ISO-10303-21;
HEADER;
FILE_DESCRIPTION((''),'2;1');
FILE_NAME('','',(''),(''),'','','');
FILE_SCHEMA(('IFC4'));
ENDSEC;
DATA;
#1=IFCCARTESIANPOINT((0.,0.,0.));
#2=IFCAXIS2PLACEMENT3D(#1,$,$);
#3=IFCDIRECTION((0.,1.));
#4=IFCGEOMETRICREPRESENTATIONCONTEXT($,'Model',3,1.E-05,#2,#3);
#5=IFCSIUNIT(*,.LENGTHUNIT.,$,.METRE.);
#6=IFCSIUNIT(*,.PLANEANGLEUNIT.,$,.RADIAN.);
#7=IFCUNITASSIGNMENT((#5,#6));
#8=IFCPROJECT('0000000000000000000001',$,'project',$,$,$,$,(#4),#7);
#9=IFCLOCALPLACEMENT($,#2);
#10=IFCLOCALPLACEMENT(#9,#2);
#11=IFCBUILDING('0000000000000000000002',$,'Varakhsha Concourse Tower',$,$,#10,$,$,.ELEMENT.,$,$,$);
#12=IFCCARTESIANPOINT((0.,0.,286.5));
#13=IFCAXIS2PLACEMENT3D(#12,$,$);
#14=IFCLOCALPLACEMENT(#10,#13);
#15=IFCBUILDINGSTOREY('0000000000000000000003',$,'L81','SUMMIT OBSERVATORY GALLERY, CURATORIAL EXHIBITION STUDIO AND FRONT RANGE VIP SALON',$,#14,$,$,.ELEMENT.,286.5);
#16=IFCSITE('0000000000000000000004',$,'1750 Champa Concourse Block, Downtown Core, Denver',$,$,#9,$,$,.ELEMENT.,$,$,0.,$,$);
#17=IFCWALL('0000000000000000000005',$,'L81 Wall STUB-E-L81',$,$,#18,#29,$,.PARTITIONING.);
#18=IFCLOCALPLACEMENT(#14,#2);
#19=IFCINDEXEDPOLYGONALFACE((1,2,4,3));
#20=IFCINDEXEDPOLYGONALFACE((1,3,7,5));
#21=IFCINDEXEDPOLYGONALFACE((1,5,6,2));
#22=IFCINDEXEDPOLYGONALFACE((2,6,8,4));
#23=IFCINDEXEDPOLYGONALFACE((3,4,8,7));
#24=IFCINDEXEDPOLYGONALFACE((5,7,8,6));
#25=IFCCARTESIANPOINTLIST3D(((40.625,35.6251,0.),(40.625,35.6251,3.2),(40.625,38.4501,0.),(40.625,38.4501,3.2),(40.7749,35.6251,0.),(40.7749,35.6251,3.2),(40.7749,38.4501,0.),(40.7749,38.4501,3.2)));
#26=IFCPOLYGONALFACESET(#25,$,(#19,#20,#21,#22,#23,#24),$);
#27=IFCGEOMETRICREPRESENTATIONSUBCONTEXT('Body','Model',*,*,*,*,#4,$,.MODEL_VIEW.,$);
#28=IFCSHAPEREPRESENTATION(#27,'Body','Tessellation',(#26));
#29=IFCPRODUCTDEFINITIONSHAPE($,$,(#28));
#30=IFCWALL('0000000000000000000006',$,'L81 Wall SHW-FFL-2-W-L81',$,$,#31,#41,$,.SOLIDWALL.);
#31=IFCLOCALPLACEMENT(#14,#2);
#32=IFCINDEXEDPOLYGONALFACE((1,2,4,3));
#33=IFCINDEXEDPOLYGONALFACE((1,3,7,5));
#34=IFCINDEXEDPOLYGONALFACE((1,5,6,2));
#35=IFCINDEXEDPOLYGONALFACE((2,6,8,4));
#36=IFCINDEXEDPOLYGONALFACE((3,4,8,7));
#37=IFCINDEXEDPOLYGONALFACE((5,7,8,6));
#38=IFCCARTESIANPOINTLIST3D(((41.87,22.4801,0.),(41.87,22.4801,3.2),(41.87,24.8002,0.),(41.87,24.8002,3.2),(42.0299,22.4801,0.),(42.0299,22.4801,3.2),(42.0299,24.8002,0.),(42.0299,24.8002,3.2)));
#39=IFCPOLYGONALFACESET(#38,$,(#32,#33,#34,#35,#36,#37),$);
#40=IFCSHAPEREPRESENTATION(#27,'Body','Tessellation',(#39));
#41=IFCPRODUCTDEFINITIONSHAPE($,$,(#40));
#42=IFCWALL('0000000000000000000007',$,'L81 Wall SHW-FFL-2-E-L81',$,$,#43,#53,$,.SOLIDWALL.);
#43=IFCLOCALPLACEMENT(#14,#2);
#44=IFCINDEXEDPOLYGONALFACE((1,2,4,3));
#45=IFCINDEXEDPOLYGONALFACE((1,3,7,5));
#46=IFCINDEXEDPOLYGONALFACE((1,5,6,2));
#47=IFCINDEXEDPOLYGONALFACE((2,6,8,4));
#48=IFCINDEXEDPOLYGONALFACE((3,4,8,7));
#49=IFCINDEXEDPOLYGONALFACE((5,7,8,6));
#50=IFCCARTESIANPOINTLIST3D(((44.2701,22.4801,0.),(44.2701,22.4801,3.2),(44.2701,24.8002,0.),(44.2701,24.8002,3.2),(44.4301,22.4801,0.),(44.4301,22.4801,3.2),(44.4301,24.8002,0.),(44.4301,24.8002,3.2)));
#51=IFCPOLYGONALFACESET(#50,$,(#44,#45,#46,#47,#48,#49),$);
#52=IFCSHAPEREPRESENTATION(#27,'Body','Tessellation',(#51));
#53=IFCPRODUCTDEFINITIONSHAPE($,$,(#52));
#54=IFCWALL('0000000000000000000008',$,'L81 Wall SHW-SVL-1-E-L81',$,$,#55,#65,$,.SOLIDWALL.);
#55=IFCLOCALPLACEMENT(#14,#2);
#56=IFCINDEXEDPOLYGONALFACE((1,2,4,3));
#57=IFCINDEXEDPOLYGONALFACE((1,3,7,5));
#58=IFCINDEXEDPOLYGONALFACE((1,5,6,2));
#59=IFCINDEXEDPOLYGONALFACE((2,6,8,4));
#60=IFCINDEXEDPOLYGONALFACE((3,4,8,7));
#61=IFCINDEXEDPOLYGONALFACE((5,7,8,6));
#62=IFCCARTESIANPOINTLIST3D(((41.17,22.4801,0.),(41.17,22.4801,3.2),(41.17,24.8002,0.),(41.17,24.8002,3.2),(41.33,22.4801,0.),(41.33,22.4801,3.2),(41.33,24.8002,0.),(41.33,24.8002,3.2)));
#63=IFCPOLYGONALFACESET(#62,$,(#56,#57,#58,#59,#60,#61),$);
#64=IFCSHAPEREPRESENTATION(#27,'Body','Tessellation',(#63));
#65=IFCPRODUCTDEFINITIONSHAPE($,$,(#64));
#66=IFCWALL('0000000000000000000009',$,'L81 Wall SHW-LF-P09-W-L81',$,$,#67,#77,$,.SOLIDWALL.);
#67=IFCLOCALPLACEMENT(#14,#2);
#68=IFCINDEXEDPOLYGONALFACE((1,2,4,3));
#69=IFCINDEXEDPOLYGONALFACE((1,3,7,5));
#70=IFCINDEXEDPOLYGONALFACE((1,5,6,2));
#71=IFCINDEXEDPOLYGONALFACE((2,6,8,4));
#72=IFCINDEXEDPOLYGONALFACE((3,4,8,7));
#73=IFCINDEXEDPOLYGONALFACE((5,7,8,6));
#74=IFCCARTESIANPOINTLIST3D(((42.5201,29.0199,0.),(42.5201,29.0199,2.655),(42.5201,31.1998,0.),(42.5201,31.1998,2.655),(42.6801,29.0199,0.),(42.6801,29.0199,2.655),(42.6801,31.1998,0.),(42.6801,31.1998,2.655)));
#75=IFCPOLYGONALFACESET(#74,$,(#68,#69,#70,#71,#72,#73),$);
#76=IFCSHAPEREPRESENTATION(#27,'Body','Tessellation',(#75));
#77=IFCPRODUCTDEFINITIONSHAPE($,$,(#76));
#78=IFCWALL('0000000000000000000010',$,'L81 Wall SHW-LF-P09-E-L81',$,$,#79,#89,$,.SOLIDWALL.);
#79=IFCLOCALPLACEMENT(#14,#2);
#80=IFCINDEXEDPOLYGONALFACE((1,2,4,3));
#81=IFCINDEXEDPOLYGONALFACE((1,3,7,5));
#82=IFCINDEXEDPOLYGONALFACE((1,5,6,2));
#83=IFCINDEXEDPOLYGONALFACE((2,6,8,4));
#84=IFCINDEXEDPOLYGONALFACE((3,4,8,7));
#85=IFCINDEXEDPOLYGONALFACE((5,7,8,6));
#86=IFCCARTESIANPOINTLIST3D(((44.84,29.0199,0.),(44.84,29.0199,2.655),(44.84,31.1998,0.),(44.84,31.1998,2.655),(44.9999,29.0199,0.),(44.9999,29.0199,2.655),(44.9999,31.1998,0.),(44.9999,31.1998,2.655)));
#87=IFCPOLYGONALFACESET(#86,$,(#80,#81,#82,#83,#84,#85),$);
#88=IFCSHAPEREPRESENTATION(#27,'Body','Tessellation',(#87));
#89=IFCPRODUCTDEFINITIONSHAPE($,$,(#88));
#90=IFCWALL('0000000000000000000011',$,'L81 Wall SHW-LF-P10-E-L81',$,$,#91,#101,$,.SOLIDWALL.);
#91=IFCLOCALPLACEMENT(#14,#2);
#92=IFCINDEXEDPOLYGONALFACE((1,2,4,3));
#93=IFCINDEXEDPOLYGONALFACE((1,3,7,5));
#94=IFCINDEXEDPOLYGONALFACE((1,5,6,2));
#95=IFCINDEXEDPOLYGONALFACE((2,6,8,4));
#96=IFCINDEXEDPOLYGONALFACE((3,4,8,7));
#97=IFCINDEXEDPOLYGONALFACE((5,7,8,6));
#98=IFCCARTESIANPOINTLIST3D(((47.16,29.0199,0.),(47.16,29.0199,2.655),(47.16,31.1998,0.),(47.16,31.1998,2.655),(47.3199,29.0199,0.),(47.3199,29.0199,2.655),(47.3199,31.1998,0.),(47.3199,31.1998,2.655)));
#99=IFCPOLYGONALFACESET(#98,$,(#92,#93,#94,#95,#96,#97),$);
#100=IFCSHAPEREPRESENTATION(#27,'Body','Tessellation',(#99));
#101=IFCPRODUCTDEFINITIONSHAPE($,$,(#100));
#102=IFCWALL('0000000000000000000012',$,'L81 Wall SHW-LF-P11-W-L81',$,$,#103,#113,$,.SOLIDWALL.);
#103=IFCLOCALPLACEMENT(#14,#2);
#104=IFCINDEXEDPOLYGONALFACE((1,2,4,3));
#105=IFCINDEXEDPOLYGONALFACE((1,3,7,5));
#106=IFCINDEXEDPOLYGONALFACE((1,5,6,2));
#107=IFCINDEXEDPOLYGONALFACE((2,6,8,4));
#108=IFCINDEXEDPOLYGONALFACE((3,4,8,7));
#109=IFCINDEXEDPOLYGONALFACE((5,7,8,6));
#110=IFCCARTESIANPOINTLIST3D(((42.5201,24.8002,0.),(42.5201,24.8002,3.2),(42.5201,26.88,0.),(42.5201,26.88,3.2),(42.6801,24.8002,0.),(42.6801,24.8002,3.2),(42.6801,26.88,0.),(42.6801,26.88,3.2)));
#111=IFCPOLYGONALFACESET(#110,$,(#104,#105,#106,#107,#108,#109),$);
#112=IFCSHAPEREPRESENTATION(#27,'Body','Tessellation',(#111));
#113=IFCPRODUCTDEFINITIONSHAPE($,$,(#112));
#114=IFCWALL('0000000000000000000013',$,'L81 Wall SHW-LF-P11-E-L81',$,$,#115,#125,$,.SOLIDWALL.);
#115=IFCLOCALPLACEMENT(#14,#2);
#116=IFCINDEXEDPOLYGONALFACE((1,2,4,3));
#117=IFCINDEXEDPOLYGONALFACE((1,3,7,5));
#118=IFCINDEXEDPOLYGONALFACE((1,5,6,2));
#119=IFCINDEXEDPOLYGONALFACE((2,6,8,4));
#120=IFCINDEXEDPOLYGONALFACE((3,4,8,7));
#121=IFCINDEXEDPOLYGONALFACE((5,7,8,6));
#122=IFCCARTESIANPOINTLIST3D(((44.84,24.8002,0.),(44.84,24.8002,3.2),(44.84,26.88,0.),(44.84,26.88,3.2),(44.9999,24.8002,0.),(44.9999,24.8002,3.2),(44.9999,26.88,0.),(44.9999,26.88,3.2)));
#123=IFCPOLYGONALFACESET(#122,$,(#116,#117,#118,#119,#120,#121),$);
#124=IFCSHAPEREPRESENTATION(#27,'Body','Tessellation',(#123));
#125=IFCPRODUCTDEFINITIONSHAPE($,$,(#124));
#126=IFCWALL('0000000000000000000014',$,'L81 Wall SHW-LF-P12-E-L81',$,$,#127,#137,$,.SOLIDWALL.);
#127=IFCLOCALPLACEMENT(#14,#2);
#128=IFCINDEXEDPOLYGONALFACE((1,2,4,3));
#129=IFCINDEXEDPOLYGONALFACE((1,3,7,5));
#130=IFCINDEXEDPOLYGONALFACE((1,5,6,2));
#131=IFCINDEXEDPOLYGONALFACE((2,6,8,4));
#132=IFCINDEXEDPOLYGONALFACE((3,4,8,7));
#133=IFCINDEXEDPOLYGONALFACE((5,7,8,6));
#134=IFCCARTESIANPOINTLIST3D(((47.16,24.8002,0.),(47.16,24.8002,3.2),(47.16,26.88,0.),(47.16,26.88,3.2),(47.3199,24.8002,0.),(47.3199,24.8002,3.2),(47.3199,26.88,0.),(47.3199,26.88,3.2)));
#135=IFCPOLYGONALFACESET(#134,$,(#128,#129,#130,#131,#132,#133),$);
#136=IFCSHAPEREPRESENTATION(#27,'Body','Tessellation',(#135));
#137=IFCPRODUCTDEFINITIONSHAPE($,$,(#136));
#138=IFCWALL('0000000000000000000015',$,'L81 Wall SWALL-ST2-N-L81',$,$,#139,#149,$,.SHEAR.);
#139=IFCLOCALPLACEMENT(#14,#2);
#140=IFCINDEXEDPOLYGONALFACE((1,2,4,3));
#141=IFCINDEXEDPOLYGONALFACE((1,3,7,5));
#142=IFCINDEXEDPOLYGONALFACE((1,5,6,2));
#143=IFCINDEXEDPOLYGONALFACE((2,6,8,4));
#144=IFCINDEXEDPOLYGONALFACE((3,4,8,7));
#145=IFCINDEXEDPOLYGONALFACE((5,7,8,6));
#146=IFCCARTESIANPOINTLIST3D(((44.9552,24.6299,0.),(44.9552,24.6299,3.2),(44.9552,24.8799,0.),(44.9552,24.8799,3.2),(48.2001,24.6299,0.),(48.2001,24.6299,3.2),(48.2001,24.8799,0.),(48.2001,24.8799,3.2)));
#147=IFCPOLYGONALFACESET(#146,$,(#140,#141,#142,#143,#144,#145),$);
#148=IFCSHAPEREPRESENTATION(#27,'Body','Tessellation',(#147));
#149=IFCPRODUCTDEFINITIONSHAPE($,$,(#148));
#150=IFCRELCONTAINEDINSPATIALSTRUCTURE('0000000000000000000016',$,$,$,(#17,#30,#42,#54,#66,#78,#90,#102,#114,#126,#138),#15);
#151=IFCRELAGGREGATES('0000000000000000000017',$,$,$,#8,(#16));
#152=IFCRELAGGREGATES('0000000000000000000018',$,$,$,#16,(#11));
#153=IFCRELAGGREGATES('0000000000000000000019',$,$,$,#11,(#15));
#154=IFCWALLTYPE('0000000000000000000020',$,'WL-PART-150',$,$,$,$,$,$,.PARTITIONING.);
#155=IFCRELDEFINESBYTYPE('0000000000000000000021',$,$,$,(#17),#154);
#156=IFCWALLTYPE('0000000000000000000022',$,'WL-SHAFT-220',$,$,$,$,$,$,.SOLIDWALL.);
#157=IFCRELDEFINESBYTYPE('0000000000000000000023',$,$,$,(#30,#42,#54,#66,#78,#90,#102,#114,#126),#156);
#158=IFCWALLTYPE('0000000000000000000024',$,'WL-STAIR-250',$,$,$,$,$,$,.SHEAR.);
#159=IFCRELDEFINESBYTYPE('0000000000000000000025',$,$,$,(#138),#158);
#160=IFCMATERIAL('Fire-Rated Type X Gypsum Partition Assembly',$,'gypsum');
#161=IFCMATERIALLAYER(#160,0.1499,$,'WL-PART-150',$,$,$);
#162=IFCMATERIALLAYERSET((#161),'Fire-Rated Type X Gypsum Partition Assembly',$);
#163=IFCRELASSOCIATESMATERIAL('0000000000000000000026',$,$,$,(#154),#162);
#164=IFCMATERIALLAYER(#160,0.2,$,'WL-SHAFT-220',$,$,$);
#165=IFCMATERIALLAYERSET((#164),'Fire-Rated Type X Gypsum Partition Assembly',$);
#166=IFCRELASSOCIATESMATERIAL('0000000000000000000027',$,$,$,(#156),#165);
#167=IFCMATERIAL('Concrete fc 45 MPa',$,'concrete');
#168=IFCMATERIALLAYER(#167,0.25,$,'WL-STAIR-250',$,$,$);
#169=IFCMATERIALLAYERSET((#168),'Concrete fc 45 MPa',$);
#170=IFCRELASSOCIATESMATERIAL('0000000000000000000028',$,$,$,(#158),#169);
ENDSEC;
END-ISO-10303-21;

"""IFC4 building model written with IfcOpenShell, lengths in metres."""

from ifc_helpers import new_model, si_unit, direction, frame, frame_2d, origin, place, context, subcontext, project, spatial, rectangle, extrude, material, layer, layer_set, type_object, element, save


model = new_model("IFC4")

# Units and contexts
model_context = context("Model", 3, precision=1e-05, world=origin(), true_north=direction((0.0, 1.0)))
body_context = subcontext(model_context, "Body", "Model", "MODEL_VIEW")
ifc_project = project(units=[si_unit("LENGTHUNIT", "METRE"), si_unit("PLANEANGLEUNIT", "RADIAN")], contexts=[model_context])

# Site, building, storey
site_placement = place(None, origin())
site = spatial("IfcSite", under=ifc_project, at=site_placement, Name="1750 Champa Concourse Block, Downtown Core, Denver", CompositionType="ELEMENT", RefElevation=0.0)
building_placement = place(site_placement, origin())
building = spatial("IfcBuilding", under=site, at=building_placement, Name="Varakhsha Concourse Tower", CompositionType="ELEMENT")
storey_placement = place(building_placement, frame((0.0, 0.0, 286.5)))
storey = spatial("IfcBuildingStorey", under=building, at=storey_placement, Name="L81", Description="SUMMIT OBSERVATORY GALLERY, CURATORIAL EXHIBITION STUDIO AND FRONT RANGE VIP SALON", CompositionType="ELEMENT", Elevation=286.5)

# Shared definitions
ifc_material_1 = material(Name="Fire-Rated Type X Gypsum Partition Assembly", Category="gypsum")
ifc_layer_1 = layer(ifc_material_1, 0.1499, Name="WL-PART-150")
ifc_layer_set_1 = layer_set([ifc_layer_1], Name="Fire-Rated Type X Gypsum Partition Assembly")
wall_type_1 = type_object("IfcWallType", Name="WL-PART-150", PredefinedType="PARTITIONING", material=ifc_layer_set_1)

# Walls
for number, where, z_axis, x_axis, name in (
    (1, (40.7, 35.625, 0.0), (0.0, 0.0, 1.0), (0.0, 1.0, 0.0), "L81 Wall STUB-E-L81"),
):
    element("IfcWall", number, at=place(storey_placement, frame(where, z_axis=z_axis, x_axis=x_axis)), inside=storey, type_object=wall_type_1, Name=name, PredefinedType="PARTITIONING", context=body_context, shape_type="SweptSolid", body=[
        extrude(rectangle(XDim=2.825, YDim=0.1499, at=frame_2d((1.4126, 0.0))), origin(), (0.0, 0.0, 1.0), 3.2),
    ])
ifc_layer_2 = layer(ifc_material_1, 0.2, Name="WL-SHAFT-220")
ifc_layer_set_2 = layer_set([ifc_layer_2], Name="Fire-Rated Type X Gypsum Partition Assembly")
wall_type_2 = type_object("IfcWallType", Name="WL-SHAFT-220", PredefinedType="SOLIDWALL", material=ifc_layer_set_2)
for number, where, z_axis, x_axis, name in (
    (2, (41.95, 22.48, 0.0), (0.0, 0.0, 1.0), (0.0, 1.0, 0.0), "L81 Wall SHW-FFL-2-W-L81"),
    (3, (44.3501, 22.48, 0.0), (0.0, 0.0, 1.0), (0.0, 1.0, 0.0), "L81 Wall SHW-FFL-2-E-L81"),
    (4, (41.25, 22.48, 0.0), (0.0, 0.0, 1.0), (0.0, 1.0, 0.0), "L81 Wall SHW-SVL-1-E-L81"),
):
    element("IfcWall", number, at=place(storey_placement, frame(where, z_axis=z_axis, x_axis=x_axis)), inside=storey, type_object=wall_type_2, Name=name, PredefinedType="SOLIDWALL", context=body_context, shape_type="SweptSolid", body=[
        extrude(rectangle(XDim=2.3201, YDim=0.1599, at=frame_2d((1.1602, 0.0))), origin(), (0.0, 0.0, 1.0), 3.2),
    ])
for number, where, z_axis, x_axis, name in (
    (5, (42.6001, 29.02, 0.0), (0.0, 0.0, 1.0), (0.0, 1.0, 0.0), "L81 Wall SHW-LF-P09-W-L81"),
    (6, (44.9199, 29.02, 0.0), (0.0, 0.0, 1.0), (0.0, 1.0, 0.0), "L81 Wall SHW-LF-P09-E-L81"),
    (7, (47.24, 29.02, 0.0), (0.0, 0.0, 1.0), (0.0, 1.0, 0.0), "L81 Wall SHW-LF-P10-E-L81"),
):
    element("IfcWall", number, at=place(storey_placement, frame(where, z_axis=z_axis, x_axis=x_axis)), inside=storey, type_object=wall_type_2, Name=name, PredefinedType="SOLIDWALL", context=body_context, shape_type="SweptSolid", body=[
        extrude(rectangle(XDim=2.1799, YDim=0.1599, at=frame_2d((1.0898, 0.0))), origin(), (0.0, 0.0, 1.0), 2.655),
    ])
for number, where, z_axis, x_axis, name in (
    (8, (42.6001, 24.8, 0.0), (0.0, 0.0, 1.0), (0.0, 1.0, 0.0), "L81 Wall SHW-LF-P11-W-L81"),
    (9, (44.9199, 24.8, 0.0), (0.0, 0.0, 1.0), (0.0, 1.0, 0.0), "L81 Wall SHW-LF-P11-E-L81"),
    (10, (47.24, 24.8, 0.0), (0.0, 0.0, 1.0), (0.0, 1.0, 0.0), "L81 Wall SHW-LF-P12-E-L81"),
):
    element("IfcWall", number, at=place(storey_placement, frame(where, z_axis=z_axis, x_axis=x_axis)), inside=storey, type_object=wall_type_2, Name=name, PredefinedType="SOLIDWALL", context=body_context, shape_type="SweptSolid", body=[
        extrude(rectangle(XDim=2.0798, YDim=0.1599, at=frame_2d((1.04, 0.0))), origin(), (0.0, 0.0, 1.0), 3.2),
    ])
ifc_material_2 = material(Name="Concrete fc 45 MPa", Category="concrete")
ifc_layer_3 = layer(ifc_material_2, 0.25, Name="WL-STAIR-250")
ifc_layer_set_3 = layer_set([ifc_layer_3], Name="Concrete fc 45 MPa")
wall_type_3 = type_object("IfcWallType", Name="WL-STAIR-250", PredefinedType="SHEAR", material=ifc_layer_set_3)
wall_1_placement = place(storey_placement, frame((44.9551, 24.7549, 0.0), z_axis=(0.0, 0.0, 1.0), x_axis=(1.0, 0.0, 0.0)))
element("IfcWall", 11, at=wall_1_placement, inside=storey, type_object=wall_type_3, Name="L81 Wall SWALL-ST2-N-L81", PredefinedType="SHEAR", context=body_context, shape_type="SweptSolid", body=[
    extrude(rectangle(XDim=3.2449, YDim=0.25, at=frame_2d((1.6226, 0.0))), origin(), (0.0, 0.0, 1.0), 3.2),
])

save(model, "model.ifc")
